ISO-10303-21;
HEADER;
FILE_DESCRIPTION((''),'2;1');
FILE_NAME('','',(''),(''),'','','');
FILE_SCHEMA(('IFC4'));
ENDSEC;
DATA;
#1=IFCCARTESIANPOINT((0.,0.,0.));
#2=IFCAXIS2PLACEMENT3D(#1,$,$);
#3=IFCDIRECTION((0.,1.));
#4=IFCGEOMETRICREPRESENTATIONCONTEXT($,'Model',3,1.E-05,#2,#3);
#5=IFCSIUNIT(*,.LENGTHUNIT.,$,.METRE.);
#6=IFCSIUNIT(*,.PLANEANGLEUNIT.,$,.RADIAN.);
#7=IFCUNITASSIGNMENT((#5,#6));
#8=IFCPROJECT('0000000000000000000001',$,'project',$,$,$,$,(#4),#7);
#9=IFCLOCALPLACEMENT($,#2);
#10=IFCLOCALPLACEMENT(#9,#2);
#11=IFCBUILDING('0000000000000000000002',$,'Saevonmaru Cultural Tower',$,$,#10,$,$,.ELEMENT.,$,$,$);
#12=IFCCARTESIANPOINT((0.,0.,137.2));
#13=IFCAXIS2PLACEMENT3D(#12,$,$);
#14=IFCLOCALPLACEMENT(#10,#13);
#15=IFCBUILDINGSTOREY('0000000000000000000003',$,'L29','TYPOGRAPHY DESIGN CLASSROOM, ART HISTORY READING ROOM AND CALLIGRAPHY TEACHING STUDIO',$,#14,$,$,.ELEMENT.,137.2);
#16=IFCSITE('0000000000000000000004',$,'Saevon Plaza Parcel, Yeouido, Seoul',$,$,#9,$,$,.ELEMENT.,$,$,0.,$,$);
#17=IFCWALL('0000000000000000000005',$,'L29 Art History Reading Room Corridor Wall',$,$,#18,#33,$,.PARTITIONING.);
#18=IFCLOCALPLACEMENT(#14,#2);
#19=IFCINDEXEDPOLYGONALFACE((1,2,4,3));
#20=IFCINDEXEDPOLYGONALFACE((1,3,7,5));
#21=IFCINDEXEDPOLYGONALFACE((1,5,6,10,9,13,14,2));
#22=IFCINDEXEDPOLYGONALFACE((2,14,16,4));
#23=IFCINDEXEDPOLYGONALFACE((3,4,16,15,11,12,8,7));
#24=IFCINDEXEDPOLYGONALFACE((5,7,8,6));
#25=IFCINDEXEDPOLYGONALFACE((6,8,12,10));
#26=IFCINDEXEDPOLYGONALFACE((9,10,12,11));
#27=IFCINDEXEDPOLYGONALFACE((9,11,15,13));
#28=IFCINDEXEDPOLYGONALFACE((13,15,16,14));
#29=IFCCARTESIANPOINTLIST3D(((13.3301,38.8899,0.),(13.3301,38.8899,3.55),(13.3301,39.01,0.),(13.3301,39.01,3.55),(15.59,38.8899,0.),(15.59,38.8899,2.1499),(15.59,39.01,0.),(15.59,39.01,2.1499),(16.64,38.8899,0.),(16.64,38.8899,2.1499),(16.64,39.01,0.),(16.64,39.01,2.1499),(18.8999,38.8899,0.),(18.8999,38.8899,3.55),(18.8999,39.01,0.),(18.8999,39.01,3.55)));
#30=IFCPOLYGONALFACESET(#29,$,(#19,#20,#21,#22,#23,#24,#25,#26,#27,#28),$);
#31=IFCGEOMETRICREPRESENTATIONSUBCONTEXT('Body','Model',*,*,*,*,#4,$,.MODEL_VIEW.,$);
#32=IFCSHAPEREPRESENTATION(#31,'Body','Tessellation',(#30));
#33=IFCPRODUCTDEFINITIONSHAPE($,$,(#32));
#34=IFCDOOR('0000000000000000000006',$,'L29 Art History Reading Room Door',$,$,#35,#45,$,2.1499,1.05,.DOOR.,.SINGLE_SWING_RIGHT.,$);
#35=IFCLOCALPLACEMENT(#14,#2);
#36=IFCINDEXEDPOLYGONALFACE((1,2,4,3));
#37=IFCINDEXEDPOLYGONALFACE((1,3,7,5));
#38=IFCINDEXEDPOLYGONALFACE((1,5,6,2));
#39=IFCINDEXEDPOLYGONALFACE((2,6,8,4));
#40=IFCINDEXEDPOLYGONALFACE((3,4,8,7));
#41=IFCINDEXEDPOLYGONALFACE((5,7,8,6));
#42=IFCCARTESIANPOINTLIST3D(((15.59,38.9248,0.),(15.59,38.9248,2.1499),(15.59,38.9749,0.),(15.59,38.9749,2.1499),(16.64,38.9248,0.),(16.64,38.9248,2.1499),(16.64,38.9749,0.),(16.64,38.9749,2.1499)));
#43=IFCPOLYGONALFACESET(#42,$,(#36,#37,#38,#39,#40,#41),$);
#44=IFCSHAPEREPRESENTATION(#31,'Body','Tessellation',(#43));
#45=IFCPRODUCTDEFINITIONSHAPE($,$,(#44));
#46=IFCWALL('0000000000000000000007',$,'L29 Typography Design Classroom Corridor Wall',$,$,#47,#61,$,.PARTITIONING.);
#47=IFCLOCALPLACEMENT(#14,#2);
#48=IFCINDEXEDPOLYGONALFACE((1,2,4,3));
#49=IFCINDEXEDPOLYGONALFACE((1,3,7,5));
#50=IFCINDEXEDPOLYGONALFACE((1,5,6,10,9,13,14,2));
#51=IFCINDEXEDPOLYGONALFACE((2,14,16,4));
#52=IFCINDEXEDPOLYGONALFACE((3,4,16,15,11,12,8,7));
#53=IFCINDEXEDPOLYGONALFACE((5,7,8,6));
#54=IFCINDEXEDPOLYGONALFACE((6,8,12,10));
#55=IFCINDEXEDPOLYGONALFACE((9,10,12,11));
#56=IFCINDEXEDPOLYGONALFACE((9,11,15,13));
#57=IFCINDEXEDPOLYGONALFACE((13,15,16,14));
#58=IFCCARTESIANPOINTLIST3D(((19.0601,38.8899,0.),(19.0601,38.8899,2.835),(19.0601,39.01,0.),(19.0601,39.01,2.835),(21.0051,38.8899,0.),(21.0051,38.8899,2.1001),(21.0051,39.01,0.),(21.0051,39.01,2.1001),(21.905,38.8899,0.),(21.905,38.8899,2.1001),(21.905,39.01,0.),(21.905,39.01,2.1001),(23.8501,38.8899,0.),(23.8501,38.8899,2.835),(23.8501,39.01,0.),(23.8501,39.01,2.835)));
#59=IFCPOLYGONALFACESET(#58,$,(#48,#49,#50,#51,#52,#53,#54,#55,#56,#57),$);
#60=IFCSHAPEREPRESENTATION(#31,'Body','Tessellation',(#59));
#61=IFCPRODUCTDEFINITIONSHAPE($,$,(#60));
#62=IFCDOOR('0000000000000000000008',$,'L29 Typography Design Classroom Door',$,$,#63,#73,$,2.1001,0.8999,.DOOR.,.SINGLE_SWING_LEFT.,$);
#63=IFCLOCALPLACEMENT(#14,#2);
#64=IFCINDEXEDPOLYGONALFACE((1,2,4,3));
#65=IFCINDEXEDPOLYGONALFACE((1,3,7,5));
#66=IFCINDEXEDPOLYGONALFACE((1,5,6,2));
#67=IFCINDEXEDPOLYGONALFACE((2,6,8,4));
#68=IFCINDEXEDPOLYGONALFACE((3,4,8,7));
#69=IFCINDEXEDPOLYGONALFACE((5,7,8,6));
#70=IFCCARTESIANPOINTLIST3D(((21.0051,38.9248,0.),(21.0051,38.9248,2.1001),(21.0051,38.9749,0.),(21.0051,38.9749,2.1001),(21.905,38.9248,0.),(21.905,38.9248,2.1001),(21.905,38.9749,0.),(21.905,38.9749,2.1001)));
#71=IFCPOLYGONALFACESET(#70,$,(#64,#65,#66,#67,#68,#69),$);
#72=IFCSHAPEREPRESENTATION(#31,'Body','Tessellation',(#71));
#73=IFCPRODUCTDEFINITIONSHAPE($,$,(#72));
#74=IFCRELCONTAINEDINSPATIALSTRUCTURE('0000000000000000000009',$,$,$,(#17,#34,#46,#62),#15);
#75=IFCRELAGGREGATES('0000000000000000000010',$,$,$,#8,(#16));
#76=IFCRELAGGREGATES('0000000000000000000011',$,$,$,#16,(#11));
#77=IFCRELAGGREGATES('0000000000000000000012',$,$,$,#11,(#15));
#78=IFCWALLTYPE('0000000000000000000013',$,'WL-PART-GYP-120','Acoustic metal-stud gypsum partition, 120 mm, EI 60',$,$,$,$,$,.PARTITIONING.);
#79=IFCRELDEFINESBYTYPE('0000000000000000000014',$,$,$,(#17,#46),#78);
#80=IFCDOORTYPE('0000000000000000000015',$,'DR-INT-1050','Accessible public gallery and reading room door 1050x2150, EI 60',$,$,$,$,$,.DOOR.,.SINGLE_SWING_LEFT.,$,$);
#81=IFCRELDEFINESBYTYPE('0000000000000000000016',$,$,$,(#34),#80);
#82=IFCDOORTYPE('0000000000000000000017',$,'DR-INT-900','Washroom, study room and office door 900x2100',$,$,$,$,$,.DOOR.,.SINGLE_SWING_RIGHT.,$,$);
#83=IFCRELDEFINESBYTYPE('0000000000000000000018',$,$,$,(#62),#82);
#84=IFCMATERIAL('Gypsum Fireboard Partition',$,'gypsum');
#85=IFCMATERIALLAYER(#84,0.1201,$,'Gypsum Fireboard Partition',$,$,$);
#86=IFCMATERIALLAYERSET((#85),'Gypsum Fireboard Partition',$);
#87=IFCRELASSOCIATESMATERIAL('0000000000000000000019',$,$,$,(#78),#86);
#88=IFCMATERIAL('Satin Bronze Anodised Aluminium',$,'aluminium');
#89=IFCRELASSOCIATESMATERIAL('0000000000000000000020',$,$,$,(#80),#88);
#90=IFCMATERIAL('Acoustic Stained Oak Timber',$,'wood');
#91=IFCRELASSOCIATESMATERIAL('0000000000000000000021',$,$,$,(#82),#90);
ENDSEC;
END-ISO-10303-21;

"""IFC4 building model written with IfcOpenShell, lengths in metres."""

from ifc_helpers import new_model, si_unit, direction, frame, frame_2d, origin, place, context, subcontext, project, spatial, rectangle, extrude, material, layer, layer_set, type_object, element, fill, save


model = new_model("IFC4")

# Units and contexts
model_context = context("Model", 3, precision=1e-05, world=origin(), true_north=direction((0.0, 1.0)))
body_context = subcontext(model_context, "Body", "Model", "MODEL_VIEW")
ifc_project = project(units=[si_unit("LENGTHUNIT", "METRE"), si_unit("PLANEANGLEUNIT", "RADIAN")], contexts=[model_context])

# Site, building, storey
site_placement = place(None, origin())
site = spatial("IfcSite", under=ifc_project, at=site_placement, Name="Saevon Plaza Parcel, Yeouido, Seoul", CompositionType="ELEMENT", RefElevation=0.0)
building_placement = place(site_placement, origin())
building = spatial("IfcBuilding", under=site, at=building_placement, Name="Saevonmaru Cultural Tower", CompositionType="ELEMENT")
storey_placement = place(building_placement, frame((0.0, 0.0, 137.2)))
storey = spatial("IfcBuildingStorey", under=building, at=storey_placement, Name="L29", Description="TYPOGRAPHY DESIGN CLASSROOM, ART HISTORY READING ROOM AND CALLIGRAPHY TEACHING STUDIO", CompositionType="ELEMENT", Elevation=137.2)

# Shared definitions
ifc_material_1 = material(Name="Satin Bronze Anodised Aluminium", Category="aluminium")

# Shared definitions
ifc_material_2 = material(Name="Gypsum Fireboard Partition", Category="gypsum")
ifc_layer_1 = layer(ifc_material_2, 0.1201, Name="Gypsum Fireboard Partition")
ifc_layer_set_1 = layer_set([ifc_layer_1], Name="Gypsum Fireboard Partition")
wall_type_1 = type_object("IfcWallType", Name="WL-PART-GYP-120", Description="Acoustic metal-stud gypsum partition, 120 mm, EI 60", PredefinedType="PARTITIONING", material=ifc_layer_set_1)

# Walls, openings, doors
door_type_1 = type_object("IfcDoorType", Name="DR-INT-1050", Description="Accessible public gallery and reading room door 1050x2150, EI 60", OperationType="SINGLE_SWING_LEFT", PredefinedType="DOOR", material=ifc_material_1)
wall_1_placement = place(storey_placement, frame((13.3301, 38.95, 0.0), z_axis=(0.0, 0.0, 1.0), x_axis=(1.0, 0.0, 0.0)))
wall_1 = element("IfcWall", 1, at=wall_1_placement, inside=storey, type_object=wall_type_1, Name="L29 Art History Reading Room Corridor Wall", PredefinedType="PARTITIONING", context=body_context, shape_type="SweptSolid", body=[
    extrude(rectangle(XDim=5.5698, YDim=0.1201, at=frame_2d((2.7849, 0.0))), origin(), (0.0, 0.0, 1.0), 3.55),
])
opening_1_placement = place(wall_1_placement, frame((2.26, 0.0, 0.0)))
opening_1 = element("IfcOpeningElement", 2, at=opening_1_placement, cuts=wall_1, PredefinedType="OPENING", context=body_context, shape_type="SweptSolid", body=[
    extrude(rectangle(XDim=1.05, YDim=2.1499, at=frame_2d((0.5249, 1.075))), frame((0.0, 0.0701, 0.0), z_axis=(0.0, -1.0, 0.0), x_axis=(1.0, 0.0, 0.0)), (0.0, 0.0, 1.0), 0.1401),
])
door_1_placement = place(opening_1_placement, origin())
door_1 = element("IfcDoor", 3, at=door_1_placement, inside=storey, type_object=door_type_1, Name="L29 Art History Reading Room Door", OperationType="SINGLE_SWING_RIGHT", OverallHeight=2.1499, OverallWidth=1.05, PredefinedType="DOOR", context=body_context, shape_type="SweptSolid", body=[
    extrude(rectangle(XDim=1.05, YDim=2.1499, at=frame_2d((0.5249, 1.075))), frame((0.0, 0.0249, 0.0), z_axis=(0.0, -1.0, 0.0), x_axis=(1.0, 0.0, 0.0)), (0.0, 0.0, 1.0), 0.05),
])
fill(opening_1, door_1)
wall_2_placement = place(storey_placement, frame((19.0601, 38.95, 0.0), z_axis=(0.0, 0.0, 1.0), x_axis=(1.0, 0.0, 0.0)))
wall_2 = element("IfcWall", 4, at=wall_2_placement, inside=storey, type_object=wall_type_1, Name="L29 Typography Design Classroom Corridor Wall", PredefinedType="PARTITIONING", context=body_context, shape_type="SweptSolid", body=[
    extrude(rectangle(XDim=4.79, YDim=0.1201, at=frame_2d((2.395, 0.0))), origin(), (0.0, 0.0, 1.0), 2.835),
])
opening_2_placement = place(wall_2_placement, frame((1.9451, 0.0, 0.0)))
opening_2 = element("IfcOpeningElement", 5, at=opening_2_placement, cuts=wall_2, PredefinedType="OPENING", context=body_context, shape_type="SweptSolid", body=[
    extrude(rectangle(XDim=0.8999, YDim=2.1001, at=frame_2d((0.45, 1.05))), frame((0.0, 0.0701, 0.0), z_axis=(0.0, -1.0, 0.0), x_axis=(1.0, 0.0, 0.0)), (0.0, 0.0, 1.0), 0.1401),
])
ifc_material_3 = material(Name="Acoustic Stained Oak Timber", Category="wood")
door_type_2 = type_object("IfcDoorType", Name="DR-INT-900", Description="Washroom, study room and office door 900x2100", OperationType="SINGLE_SWING_RIGHT", PredefinedType="DOOR", material=ifc_material_3)
door_2_placement = place(opening_2_placement, origin())
door_2 = element("IfcDoor", 6, at=door_2_placement, inside=storey, type_object=door_type_2, Name="L29 Typography Design Classroom Door", OperationType="SINGLE_SWING_LEFT", OverallHeight=2.1001, OverallWidth=0.8999, PredefinedType="DOOR", context=body_context, shape_type="SweptSolid", body=[
    extrude(rectangle(XDim=0.8999, YDim=2.1001, at=frame_2d((0.45, 1.05))), frame((0.0, 0.0249, 0.0), z_axis=(0.0, -1.0, 0.0), x_axis=(1.0, 0.0, 0.0)), (0.0, 0.0, 1.0), 0.05),
])
fill(opening_2, door_2)

save(model, "model.ifc")
